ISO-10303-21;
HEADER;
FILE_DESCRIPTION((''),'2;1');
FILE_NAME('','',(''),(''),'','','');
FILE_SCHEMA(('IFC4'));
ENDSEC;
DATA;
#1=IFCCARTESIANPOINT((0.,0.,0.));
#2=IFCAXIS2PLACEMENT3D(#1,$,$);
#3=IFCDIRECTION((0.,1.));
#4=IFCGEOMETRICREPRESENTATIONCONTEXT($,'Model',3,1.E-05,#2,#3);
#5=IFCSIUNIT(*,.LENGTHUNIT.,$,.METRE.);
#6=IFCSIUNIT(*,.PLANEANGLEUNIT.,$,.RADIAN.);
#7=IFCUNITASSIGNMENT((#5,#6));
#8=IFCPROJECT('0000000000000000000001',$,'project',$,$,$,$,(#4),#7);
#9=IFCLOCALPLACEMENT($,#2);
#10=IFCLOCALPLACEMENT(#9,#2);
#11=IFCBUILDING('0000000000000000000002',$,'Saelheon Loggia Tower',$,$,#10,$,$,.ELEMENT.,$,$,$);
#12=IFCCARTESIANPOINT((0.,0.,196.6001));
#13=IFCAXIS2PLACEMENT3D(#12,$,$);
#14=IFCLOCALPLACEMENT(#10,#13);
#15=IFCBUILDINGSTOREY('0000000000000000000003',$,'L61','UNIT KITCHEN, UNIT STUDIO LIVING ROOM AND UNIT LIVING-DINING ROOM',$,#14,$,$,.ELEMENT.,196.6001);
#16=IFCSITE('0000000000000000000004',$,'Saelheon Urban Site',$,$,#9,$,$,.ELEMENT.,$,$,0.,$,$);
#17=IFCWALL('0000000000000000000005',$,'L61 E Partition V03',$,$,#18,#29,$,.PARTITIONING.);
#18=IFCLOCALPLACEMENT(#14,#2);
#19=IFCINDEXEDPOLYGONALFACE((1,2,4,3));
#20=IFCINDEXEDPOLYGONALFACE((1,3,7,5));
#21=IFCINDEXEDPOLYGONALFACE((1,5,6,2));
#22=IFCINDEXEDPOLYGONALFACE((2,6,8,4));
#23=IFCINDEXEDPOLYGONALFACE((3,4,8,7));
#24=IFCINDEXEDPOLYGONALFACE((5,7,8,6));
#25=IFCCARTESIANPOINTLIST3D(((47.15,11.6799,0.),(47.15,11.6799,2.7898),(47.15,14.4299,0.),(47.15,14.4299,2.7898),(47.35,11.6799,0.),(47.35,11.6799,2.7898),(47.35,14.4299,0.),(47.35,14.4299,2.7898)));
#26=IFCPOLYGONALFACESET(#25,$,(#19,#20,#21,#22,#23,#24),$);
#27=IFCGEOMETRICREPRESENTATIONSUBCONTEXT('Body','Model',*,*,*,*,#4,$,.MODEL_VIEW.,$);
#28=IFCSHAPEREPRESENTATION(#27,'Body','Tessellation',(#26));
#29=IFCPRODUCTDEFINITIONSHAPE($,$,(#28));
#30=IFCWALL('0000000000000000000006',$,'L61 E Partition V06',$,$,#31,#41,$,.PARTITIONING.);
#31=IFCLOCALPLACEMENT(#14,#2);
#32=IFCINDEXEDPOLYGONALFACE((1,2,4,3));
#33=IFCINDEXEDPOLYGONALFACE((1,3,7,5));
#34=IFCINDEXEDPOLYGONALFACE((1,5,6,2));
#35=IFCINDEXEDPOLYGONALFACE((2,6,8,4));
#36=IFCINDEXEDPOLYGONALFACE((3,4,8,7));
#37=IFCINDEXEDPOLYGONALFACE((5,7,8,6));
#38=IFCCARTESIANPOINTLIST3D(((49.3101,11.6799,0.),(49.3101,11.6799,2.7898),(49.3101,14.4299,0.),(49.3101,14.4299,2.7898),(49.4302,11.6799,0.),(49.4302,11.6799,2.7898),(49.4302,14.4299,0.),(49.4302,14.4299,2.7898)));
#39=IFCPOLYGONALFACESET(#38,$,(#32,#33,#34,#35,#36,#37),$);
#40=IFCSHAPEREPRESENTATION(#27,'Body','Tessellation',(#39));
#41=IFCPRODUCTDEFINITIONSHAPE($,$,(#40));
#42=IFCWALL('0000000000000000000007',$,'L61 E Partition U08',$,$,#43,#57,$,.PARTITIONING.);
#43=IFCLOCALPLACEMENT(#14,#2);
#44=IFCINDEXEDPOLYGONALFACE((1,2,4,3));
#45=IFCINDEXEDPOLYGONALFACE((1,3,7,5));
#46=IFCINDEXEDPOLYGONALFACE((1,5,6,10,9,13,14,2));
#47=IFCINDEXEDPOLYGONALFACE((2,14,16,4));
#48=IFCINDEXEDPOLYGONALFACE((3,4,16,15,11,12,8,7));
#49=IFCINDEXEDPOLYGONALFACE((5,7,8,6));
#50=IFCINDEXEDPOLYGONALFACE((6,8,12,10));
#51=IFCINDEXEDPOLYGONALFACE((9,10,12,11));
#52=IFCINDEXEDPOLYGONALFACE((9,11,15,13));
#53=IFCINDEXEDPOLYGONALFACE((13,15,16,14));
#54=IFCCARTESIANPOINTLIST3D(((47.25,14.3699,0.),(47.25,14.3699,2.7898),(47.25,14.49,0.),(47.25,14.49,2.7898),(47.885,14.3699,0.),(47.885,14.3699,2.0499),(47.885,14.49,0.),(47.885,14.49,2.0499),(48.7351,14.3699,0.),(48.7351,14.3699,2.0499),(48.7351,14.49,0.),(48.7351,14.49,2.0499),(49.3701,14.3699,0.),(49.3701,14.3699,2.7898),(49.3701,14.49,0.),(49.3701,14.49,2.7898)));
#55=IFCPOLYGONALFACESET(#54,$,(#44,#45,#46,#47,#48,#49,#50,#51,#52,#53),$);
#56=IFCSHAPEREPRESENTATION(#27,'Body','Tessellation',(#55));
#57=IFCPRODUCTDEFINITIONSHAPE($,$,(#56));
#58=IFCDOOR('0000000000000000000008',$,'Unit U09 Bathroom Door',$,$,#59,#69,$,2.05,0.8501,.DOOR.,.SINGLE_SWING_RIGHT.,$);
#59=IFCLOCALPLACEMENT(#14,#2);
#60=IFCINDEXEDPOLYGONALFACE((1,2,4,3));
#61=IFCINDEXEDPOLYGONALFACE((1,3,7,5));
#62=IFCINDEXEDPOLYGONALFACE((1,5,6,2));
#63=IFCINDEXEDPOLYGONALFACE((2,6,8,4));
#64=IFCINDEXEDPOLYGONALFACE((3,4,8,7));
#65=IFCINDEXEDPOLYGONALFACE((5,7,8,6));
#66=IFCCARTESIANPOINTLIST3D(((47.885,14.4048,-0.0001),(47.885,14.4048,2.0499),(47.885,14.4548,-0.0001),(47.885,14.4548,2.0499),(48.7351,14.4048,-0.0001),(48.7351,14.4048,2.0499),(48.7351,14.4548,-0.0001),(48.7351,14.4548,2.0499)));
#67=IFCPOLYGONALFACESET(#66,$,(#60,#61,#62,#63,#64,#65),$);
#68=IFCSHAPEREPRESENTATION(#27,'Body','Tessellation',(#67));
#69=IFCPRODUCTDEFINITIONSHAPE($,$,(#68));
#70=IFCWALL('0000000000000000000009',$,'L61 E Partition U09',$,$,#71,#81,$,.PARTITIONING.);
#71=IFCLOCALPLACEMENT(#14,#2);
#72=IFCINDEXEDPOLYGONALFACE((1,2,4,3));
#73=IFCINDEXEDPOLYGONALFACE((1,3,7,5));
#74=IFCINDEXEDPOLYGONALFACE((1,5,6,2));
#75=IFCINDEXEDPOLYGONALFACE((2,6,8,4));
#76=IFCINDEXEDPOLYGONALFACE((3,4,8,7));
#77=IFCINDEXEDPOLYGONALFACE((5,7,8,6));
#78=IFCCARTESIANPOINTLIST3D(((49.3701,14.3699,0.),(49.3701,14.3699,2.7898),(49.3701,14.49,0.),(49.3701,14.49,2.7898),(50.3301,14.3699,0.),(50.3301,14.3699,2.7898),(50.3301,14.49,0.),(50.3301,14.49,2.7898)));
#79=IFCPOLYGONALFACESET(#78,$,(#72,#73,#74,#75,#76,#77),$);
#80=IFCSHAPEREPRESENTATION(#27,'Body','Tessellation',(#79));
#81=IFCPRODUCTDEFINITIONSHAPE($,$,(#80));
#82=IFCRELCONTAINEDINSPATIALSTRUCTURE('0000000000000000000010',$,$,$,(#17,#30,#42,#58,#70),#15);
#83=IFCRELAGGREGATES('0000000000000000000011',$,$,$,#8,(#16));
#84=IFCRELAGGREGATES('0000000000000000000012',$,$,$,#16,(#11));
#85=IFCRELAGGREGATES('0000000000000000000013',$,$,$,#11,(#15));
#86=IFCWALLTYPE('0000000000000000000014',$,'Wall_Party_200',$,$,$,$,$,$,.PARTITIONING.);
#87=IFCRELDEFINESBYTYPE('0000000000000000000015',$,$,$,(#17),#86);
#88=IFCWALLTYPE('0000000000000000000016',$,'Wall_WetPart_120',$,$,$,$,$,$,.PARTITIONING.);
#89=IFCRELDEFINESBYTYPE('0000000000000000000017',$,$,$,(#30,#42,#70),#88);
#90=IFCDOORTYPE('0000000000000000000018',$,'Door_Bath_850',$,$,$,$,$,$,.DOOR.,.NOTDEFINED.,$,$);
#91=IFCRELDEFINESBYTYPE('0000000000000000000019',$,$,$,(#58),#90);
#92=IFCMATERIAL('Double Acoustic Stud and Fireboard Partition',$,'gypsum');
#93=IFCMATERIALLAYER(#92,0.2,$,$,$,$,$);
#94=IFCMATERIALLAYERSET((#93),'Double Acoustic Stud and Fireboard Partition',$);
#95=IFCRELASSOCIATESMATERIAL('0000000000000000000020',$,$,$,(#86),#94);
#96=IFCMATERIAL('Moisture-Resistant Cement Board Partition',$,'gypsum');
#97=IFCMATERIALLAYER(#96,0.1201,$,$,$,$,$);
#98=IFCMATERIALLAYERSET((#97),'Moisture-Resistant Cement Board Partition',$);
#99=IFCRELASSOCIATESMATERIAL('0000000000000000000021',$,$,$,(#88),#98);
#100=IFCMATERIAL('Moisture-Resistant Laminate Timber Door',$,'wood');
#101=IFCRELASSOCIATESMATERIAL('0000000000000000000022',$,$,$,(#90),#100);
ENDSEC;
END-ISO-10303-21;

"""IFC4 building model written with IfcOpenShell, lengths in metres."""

from ifc_helpers import new_model, si_unit, direction, frame, frame_2d, origin, place, context, subcontext, project, spatial, rectangle, extrude, source, transform, mapped, material, layer, layer_set, type_object, element, fill, save


model = new_model("IFC4")

# Units and contexts
model_context = context("Model", 3, precision=1e-05, world=origin(), true_north=direction((0.0, 1.0)))
body_context = subcontext(model_context, "Body", "Model", "MODEL_VIEW")
ifc_project = project(units=[si_unit("LENGTHUNIT", "METRE"), si_unit("PLANEANGLEUNIT", "RADIAN")], contexts=[model_context])

# Site, building, storey
site_placement = place(None, origin())
site = spatial("IfcSite", under=ifc_project, at=site_placement, Name="Saelheon Urban Site", CompositionType="ELEMENT", RefElevation=0.0)
building_placement = place(site_placement, origin())
building = spatial("IfcBuilding", under=site, at=building_placement, Name="Saelheon Loggia Tower", CompositionType="ELEMENT")
storey_placement = place(building_placement, frame((0.0, 0.0, 196.6001)))
storey = spatial("IfcBuildingStorey", under=building, at=storey_placement, Name="L61", Description="UNIT KITCHEN, UNIT STUDIO LIVING ROOM AND UNIT LIVING-DINING ROOM", CompositionType="ELEMENT", Elevation=196.6001)

# Wall
ifc_material_1 = material(Name="Double Acoustic Stud and Fireboard Partition", Category="gypsum")
ifc_layer_1 = layer(ifc_material_1, 0.2)
ifc_layer_set_1 = layer_set([ifc_layer_1], Name="Double Acoustic Stud and Fireboard Partition")
wall_type_1 = type_object("IfcWallType", Name="Wall_Party_200", PredefinedType="PARTITIONING", material=ifc_layer_set_1)
wall_1_placement = place(storey_placement, frame((47.25, 11.6799, 0.0), z_axis=(0.0, 0.0, 1.0), x_axis=(0.0, 1.0, 0.0)))
element("IfcWall", 1, at=wall_1_placement, inside=storey, type_object=wall_type_1, Name="L61 E Partition V03", PredefinedType="PARTITIONING", context=body_context, shape_type="SweptSolid", body=[
    extrude(rectangle(XDim=2.75, YDim=0.2, at=frame_2d((1.375, 0.0))), origin(), (0.0, 0.0, 1.0), 2.7898),
])

# Wall
ifc_material_2 = material(Name="Moisture-Resistant Cement Board Partition", Category="gypsum")
ifc_layer_2 = layer(ifc_material_2, 0.1201)
ifc_layer_set_2 = layer_set([ifc_layer_2], Name="Moisture-Resistant Cement Board Partition")
wall_type_2 = type_object("IfcWallType", Name="Wall_WetPart_120", PredefinedType="PARTITIONING", material=ifc_layer_set_2)
wall_2_placement = place(storey_placement, frame((49.3701, 11.6799, 0.0), z_axis=(0.0, 0.0, 1.0), x_axis=(0.0, 1.0, 0.0)))
element("IfcWall", 2, at=wall_2_placement, inside=storey, type_object=wall_type_2, Name="L61 E Partition V06", PredefinedType="PARTITIONING", context=body_context, shape_type="SweptSolid", body=[
    extrude(rectangle(XDim=2.75, YDim=0.1201, at=frame_2d((1.375, 0.0))), origin(), (0.0, 0.0, 1.0), 2.7898),
])

# Wall, opening, door
wall_3_placement = place(storey_placement, frame((47.25, 14.4299, 0.0), z_axis=(0.0, 0.0, 1.0), x_axis=(1.0, 0.0, 0.0)))
wall_3 = element("IfcWall", 3, at=wall_3_placement, inside=storey, type_object=wall_type_2, Name="L61 E Partition U08", PredefinedType="PARTITIONING", context=body_context, shape_type="SweptSolid", body=[
    extrude(rectangle(XDim=2.1201, YDim=0.1201, at=frame_2d((1.0601, 0.0))), origin(), (0.0, 0.0, 1.0), 2.7898),
])
opening_1_placement = place(wall_3_placement, frame((0.635, 0.0, 0.0)))
opening_1 = element("IfcOpeningElement", 4, at=opening_1_placement, cuts=wall_3, PredefinedType="OPENING", context=body_context, shape_type="SweptSolid", body=[
    extrude(rectangle(XDim=0.8501, YDim=2.05, at=frame_2d((0.425, 1.0249))), frame((0.0, 0.072, 0.0), z_axis=(0.0, -1.0, 0.0), x_axis=(1.0, 0.0, 0.0)), (0.0, 0.0, 1.0), 0.144),
])
ifc_material_3 = material(Name="Moisture-Resistant Laminate Timber Door", Category="wood")
door_type_1 = type_object("IfcDoorType", Name="Door_Bath_850", OperationType="NOTDEFINED", PredefinedType="DOOR", material=ifc_material_3)
shared_shape_1 = source(origin(), body_context, "Body", "SweptSolid", [
    extrude(rectangle(XDim=0.8501, YDim=2.05, at=frame_2d((0.425, 1.0249))), frame((0.0, 0.0249, 0.0), z_axis=(0.0, -1.0, 0.0), x_axis=(1.0, 0.0, 0.0)), (0.0, 0.0, 1.0), 0.05),
])
door_1_placement = place(opening_1_placement, origin())
door_1 = element("IfcDoor", 5, at=door_1_placement, inside=storey, type_object=door_type_1, Name="Unit U09 Bathroom Door", OperationType="SINGLE_SWING_RIGHT", OverallHeight=2.05, OverallWidth=0.8501, PredefinedType="DOOR", context=body_context, shape_type="MappedRepresentation", body=[
    mapped(shared_shape_1, transform((0.0, 0.0, 0.0), scale=1.0)),
])
fill(opening_1, door_1)

# Wall
wall_4_placement = place(storey_placement, frame((49.3701, 14.4299, 0.0), z_axis=(0.0, 0.0, 1.0), x_axis=(1.0, 0.0, 0.0)))
element("IfcWall", 6, at=wall_4_placement, inside=storey, type_object=wall_type_2, Name="L61 E Partition U09", PredefinedType="PARTITIONING", context=body_context, shape_type="SweptSolid", body=[
    extrude(rectangle(XDim=0.96, YDim=0.1201, at=frame_2d((0.48, 0.0))), origin(), (0.0, 0.0, 1.0), 2.7898),
])

save(model, "model.ifc")
